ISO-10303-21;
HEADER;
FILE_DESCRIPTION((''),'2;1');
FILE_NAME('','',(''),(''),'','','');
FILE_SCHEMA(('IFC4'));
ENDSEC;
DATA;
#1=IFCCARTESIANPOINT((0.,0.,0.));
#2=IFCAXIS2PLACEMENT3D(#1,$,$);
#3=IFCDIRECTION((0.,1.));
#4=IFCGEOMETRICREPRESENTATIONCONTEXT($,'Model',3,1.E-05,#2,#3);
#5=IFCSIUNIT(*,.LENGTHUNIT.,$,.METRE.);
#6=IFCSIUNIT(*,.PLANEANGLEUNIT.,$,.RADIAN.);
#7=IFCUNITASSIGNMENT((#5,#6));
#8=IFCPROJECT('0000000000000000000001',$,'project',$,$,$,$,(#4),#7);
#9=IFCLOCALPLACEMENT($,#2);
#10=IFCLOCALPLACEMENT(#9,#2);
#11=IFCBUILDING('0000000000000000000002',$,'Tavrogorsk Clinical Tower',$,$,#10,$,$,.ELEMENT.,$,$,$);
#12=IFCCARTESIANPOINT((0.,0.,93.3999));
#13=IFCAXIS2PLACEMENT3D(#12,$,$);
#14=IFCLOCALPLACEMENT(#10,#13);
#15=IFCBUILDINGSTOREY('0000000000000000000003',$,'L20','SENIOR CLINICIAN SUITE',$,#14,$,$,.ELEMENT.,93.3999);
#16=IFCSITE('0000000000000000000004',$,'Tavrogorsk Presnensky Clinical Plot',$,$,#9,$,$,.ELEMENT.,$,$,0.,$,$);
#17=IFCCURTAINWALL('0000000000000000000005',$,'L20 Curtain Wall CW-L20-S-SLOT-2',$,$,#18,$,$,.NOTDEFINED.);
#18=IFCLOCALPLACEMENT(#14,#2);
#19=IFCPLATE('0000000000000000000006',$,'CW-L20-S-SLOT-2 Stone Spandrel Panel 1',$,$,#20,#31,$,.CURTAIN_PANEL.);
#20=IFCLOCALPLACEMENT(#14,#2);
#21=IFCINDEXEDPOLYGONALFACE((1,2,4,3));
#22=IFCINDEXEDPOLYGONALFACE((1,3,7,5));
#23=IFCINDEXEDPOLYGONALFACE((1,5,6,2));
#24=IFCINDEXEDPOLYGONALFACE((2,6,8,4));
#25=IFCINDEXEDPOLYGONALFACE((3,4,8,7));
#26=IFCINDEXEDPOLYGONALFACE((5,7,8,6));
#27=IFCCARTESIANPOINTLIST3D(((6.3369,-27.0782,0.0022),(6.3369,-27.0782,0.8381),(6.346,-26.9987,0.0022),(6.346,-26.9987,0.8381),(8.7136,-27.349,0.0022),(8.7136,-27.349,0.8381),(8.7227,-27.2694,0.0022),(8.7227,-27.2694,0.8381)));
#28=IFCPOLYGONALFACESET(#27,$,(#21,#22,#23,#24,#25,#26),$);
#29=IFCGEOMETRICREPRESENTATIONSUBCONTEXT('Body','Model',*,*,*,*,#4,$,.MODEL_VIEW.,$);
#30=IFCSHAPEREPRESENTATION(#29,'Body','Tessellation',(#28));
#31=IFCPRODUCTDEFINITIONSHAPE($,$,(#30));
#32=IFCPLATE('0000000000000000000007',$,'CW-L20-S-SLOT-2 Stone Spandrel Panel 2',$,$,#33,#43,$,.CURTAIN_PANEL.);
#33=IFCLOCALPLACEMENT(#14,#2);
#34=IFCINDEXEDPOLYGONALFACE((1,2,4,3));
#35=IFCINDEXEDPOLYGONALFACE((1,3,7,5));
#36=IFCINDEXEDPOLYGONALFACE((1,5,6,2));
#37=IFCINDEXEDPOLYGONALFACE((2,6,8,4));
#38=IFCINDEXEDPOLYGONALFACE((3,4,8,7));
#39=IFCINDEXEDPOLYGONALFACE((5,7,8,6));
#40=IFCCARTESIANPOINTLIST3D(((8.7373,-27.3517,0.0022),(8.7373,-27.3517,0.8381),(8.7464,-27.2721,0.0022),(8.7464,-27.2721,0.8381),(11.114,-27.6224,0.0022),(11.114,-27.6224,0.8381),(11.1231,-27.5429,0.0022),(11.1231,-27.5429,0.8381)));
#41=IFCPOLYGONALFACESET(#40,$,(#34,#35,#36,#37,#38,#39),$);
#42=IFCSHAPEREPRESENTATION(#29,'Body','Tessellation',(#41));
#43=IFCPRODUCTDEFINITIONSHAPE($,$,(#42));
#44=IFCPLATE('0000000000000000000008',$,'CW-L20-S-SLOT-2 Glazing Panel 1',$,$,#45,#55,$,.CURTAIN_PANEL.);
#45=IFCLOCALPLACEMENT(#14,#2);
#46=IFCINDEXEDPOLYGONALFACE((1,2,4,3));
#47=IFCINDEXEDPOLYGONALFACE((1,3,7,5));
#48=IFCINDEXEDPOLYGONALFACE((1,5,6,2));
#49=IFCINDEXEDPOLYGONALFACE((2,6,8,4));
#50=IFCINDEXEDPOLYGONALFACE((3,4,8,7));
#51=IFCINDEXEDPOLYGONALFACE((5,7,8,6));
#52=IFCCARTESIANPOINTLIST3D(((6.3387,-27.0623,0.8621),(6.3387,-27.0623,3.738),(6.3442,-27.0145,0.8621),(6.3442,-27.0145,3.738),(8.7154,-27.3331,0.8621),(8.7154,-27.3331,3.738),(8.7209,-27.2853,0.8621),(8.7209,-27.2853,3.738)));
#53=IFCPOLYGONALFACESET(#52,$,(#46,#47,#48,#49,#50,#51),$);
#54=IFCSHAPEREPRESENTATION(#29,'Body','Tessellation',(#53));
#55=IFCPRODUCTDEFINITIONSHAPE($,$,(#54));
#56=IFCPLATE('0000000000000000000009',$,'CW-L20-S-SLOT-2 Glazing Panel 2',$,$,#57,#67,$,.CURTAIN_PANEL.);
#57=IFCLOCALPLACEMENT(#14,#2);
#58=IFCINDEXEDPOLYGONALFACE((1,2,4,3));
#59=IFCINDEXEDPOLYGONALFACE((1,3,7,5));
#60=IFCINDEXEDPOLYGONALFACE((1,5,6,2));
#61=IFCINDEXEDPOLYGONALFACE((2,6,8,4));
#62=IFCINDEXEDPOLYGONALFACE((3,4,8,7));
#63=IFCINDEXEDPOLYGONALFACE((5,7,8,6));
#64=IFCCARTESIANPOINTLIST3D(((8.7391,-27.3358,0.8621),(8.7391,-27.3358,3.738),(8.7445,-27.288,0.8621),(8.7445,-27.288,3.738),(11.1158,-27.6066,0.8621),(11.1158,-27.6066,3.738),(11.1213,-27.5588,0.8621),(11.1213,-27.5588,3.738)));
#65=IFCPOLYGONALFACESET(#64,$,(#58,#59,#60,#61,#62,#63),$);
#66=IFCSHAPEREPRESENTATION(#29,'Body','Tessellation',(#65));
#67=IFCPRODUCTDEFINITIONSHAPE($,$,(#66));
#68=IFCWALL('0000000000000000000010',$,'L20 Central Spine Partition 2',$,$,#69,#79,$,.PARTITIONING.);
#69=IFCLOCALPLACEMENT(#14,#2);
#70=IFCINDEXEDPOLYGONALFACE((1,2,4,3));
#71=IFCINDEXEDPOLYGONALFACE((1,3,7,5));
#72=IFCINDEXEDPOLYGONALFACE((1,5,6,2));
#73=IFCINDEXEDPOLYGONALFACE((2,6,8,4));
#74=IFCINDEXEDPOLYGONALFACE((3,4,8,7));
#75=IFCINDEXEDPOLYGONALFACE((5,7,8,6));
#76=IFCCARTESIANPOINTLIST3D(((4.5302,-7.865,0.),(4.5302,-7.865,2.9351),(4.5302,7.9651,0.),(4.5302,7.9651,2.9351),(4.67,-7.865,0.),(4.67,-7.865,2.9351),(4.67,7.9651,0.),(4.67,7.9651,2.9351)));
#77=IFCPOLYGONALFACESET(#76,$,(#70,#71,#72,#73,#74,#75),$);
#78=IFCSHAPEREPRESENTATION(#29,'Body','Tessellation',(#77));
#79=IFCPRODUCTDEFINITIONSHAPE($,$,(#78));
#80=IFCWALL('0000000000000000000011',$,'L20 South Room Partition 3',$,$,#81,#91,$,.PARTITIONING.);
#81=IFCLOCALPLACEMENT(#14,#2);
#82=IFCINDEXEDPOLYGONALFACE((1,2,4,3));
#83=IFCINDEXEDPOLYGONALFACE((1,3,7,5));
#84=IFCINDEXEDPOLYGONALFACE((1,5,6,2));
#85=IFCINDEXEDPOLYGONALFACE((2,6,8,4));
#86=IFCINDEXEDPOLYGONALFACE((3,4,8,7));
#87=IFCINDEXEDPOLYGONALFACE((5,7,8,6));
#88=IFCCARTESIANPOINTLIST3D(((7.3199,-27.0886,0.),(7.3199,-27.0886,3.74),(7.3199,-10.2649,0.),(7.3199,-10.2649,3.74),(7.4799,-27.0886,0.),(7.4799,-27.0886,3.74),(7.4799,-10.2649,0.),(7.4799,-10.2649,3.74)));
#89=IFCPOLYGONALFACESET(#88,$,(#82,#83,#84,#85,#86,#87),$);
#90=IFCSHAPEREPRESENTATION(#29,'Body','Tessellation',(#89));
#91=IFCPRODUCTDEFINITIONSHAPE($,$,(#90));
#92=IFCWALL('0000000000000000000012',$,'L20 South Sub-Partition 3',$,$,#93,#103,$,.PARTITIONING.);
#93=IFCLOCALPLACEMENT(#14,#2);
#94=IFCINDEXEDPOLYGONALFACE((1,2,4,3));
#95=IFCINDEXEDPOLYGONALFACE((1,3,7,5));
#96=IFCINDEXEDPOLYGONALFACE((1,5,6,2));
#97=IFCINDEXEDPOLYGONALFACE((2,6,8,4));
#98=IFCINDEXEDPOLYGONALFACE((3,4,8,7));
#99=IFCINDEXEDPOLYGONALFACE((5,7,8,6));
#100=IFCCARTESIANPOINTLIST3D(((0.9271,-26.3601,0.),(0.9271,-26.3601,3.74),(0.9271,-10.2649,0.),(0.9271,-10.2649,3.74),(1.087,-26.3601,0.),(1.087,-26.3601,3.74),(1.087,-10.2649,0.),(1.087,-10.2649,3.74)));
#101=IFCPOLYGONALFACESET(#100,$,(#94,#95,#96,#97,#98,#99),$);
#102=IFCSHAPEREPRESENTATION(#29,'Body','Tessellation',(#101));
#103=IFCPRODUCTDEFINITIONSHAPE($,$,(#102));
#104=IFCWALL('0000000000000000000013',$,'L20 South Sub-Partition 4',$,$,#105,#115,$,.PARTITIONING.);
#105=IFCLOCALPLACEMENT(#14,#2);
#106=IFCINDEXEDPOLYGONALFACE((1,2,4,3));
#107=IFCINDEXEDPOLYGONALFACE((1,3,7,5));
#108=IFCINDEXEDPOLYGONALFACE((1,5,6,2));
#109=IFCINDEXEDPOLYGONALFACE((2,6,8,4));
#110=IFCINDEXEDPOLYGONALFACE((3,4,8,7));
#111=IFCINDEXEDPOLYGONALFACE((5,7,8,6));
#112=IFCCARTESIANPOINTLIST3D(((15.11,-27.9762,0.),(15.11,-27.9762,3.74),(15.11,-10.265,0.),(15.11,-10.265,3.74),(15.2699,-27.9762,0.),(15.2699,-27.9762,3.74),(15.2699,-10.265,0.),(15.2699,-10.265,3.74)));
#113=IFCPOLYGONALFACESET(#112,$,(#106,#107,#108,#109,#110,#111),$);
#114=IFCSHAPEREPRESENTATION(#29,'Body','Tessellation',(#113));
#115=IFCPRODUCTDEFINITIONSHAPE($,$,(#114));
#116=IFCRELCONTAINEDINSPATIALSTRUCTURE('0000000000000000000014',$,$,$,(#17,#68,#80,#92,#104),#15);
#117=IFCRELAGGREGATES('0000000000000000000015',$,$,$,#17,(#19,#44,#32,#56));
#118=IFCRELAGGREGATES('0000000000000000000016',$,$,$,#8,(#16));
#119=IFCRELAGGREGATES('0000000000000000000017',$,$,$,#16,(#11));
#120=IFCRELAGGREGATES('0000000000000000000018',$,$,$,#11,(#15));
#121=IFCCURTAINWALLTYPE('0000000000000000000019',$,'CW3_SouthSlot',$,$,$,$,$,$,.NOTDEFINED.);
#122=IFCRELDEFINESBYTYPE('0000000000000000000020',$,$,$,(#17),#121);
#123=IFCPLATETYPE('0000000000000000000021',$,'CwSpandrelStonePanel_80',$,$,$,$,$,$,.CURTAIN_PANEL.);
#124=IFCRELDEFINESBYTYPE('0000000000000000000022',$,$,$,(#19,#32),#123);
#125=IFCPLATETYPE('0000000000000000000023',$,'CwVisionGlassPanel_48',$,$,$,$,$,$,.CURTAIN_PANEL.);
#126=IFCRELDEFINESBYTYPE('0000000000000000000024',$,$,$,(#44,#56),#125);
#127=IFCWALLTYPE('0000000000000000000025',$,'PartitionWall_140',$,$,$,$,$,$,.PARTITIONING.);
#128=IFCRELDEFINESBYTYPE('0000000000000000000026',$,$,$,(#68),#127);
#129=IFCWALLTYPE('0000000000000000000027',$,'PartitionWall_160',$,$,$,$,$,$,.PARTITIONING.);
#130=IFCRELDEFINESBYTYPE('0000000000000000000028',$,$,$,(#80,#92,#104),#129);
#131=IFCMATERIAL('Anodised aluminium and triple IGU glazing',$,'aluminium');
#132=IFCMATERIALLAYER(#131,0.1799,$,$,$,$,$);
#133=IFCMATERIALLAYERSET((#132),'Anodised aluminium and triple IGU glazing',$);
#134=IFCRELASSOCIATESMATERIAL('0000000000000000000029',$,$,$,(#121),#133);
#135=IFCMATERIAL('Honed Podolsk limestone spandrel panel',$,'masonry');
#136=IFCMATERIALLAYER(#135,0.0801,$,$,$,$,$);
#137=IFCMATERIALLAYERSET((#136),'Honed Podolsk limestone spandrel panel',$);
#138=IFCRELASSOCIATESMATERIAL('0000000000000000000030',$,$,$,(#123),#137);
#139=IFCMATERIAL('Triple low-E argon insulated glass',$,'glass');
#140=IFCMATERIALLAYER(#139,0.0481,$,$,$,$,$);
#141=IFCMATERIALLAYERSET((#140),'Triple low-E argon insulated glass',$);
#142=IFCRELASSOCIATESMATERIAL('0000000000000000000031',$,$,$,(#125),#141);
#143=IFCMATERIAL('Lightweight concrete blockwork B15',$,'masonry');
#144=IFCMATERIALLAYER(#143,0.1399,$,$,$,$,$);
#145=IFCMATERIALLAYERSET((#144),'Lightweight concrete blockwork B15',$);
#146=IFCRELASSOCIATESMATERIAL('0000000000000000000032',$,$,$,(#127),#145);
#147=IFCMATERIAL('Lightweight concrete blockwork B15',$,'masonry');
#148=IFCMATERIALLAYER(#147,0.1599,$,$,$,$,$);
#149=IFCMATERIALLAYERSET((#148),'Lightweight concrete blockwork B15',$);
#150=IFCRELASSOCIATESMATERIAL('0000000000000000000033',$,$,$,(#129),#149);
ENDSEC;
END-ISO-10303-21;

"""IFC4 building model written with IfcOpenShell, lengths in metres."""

from ifc_helpers import new_model, si_unit, direction, frame, frame_2d, origin, origin_2d, place, context, subcontext, project, spatial, rectangle, extrude, material, layer, layer_set, type_object, element, aggregate, save


model = new_model("IFC4")

# Units and contexts
model_context = context("Model", 3, precision=1e-05, world=origin(), true_north=direction((0.0, 1.0)))
body_context = subcontext(model_context, "Body", "Model", "MODEL_VIEW")
ifc_project = project(units=[si_unit("LENGTHUNIT", "METRE"), si_unit("PLANEANGLEUNIT", "RADIAN")], contexts=[model_context])

# Site, building, storey
site_placement = place(None, origin())
site = spatial("IfcSite", under=ifc_project, at=site_placement, Name="Tavrogorsk Presnensky Clinical Plot", CompositionType="ELEMENT", RefElevation=0.0)
building_placement = place(site_placement, origin())
building = spatial("IfcBuilding", under=site, at=building_placement, Name="Tavrogorsk Clinical Tower", CompositionType="ELEMENT")
storey_placement = place(building_placement, frame((0.0, 0.0, 93.3999)))
storey = spatial("IfcBuildingStorey", under=building, at=storey_placement, Name="L20", Description="SENIOR CLINICIAN SUITE", CompositionType="ELEMENT", Elevation=93.3999)

# Curtain wall
ifc_material_1 = material(Name="Anodised aluminium and triple IGU glazing", Category="aluminium")
ifc_layer_1 = layer(ifc_material_1, 0.1799)
ifc_layer_set_1 = layer_set([ifc_layer_1], Name="Anodised aluminium and triple IGU glazing")
curtain_wall_type = type_object("IfcCurtainWallType", Name="CW3_SouthSlot", PredefinedType="NOTDEFINED", material=ifc_layer_set_1)
curtain_wall_placement = place(storey_placement, origin())
curtain_wall = element("IfcCurtainWall", 1, at=curtain_wall_placement, inside=storey, type_object=curtain_wall_type, Name="L20 Curtain Wall CW-L20-S-SLOT-2", PredefinedType="NOTDEFINED")

# Plates
ifc_material_2 = material(Name="Honed Podolsk limestone spandrel panel", Category="masonry")
ifc_layer_2 = layer(ifc_material_2, 0.0801)
ifc_layer_set_2 = layer_set([ifc_layer_2], Name="Honed Podolsk limestone spandrel panel")
plate_type_1 = type_object("IfcPlateType", Name="CwSpandrelStonePanel_80", PredefinedType="CURTAIN_PANEL", material=ifc_layer_set_2)
plate_1_placement = place(storey_placement, frame((7.5298, -27.1738, 0.0022), z_axis=(0.0, 0.0, 1.0), x_axis=(0.993572, -0.113203, 0.0)))
plate_1 = element("IfcPlate", 2, at=plate_1_placement, type_object=plate_type_1, Name="CW-L20-S-SLOT-2 Stone Spandrel Panel 1", PredefinedType="CURTAIN_PANEL", context=body_context, shape_type="SweptSolid", body=[
    extrude(rectangle(XDim=2.3921, YDim=0.0801, at=origin_2d()), origin(), (0.0, 0.0, 1.0), 0.8359),
])
plate_2_placement = place(storey_placement, frame((9.9302, -27.4473, 0.0022), z_axis=(0.0, 0.0, 1.0), x_axis=(0.993572, -0.113203, 0.0)))
plate_2 = element("IfcPlate", 3, at=plate_2_placement, type_object=plate_type_1, Name="CW-L20-S-SLOT-2 Stone Spandrel Panel 2", PredefinedType="CURTAIN_PANEL", context=body_context, shape_type="SweptSolid", body=[
    extrude(rectangle(XDim=2.3921, YDim=0.0801, at=origin_2d()), origin(), (0.0, 0.0, 1.0), 0.8359),
])
ifc_material_3 = material(Name="Triple low-E argon insulated glass", Category="glass")
ifc_layer_3 = layer(ifc_material_3, 0.0481)
ifc_layer_set_3 = layer_set([ifc_layer_3], Name="Triple low-E argon insulated glass")
plate_type_2 = type_object("IfcPlateType", Name="CwVisionGlassPanel_48", PredefinedType="CURTAIN_PANEL", material=ifc_layer_set_3)
plate_3_placement = place(storey_placement, frame((7.5298, -27.1738, 0.8621), z_axis=(0.0, 0.0, 1.0), x_axis=(0.993572, -0.113203, 0.0)))
plate_3 = element("IfcPlate", 4, at=plate_3_placement, type_object=plate_type_2, Name="CW-L20-S-SLOT-2 Glazing Panel 1", PredefinedType="CURTAIN_PANEL", context=body_context, shape_type="SweptSolid", body=[
    extrude(rectangle(XDim=2.3921, YDim=0.0481, at=origin_2d()), origin(), (0.0, 0.0, 1.0), 2.876),
])
plate_4_placement = place(storey_placement, frame((9.9302, -27.4473, 0.8621), z_axis=(0.0, 0.0, 1.0), x_axis=(0.993572, -0.113203, 0.0)))
plate_4 = element("IfcPlate", 5, at=plate_4_placement, type_object=plate_type_2, Name="CW-L20-S-SLOT-2 Glazing Panel 2", PredefinedType="CURTAIN_PANEL", context=body_context, shape_type="SweptSolid", body=[
    extrude(rectangle(XDim=2.3921, YDim=0.0481, at=origin_2d()), origin(), (0.0, 0.0, 1.0), 2.876),
])
aggregate(curtain_wall, [plate_1, plate_3, plate_2, plate_4])

# Walls
ifc_material_4 = material(Name="Lightweight concrete blockwork B15", Category="masonry")
ifc_layer_4 = layer(ifc_material_4, 0.1399)
ifc_layer_set_4 = layer_set([ifc_layer_4], Name="Lightweight concrete blockwork B15")
wall_type_1 = type_object("IfcWallType", Name="PartitionWall_140", PredefinedType="PARTITIONING", material=ifc_layer_set_4)
wall_1_placement = place(storey_placement, frame((4.6001, -7.865, 0.0), z_axis=(0.0, 0.0, 1.0), x_axis=(0.0, 1.0, 0.0)))
element("IfcWall", 6, at=wall_1_placement, inside=storey, type_object=wall_type_1, Name="L20 Central Spine Partition 2", PredefinedType="PARTITIONING", context=body_context, shape_type="SweptSolid", body=[
    extrude(rectangle(XDim=15.8301, YDim=0.1399, at=frame_2d((7.915, 0.0))), origin(), (0.0, 0.0, 1.0), 2.9351),
])
ifc_material_5 = material(Name="Lightweight concrete blockwork B15", Category="masonry")
ifc_layer_5 = layer(ifc_material_5, 0.1599)
ifc_layer_set_5 = layer_set([ifc_layer_5], Name="Lightweight concrete blockwork B15")
wall_type_2 = type_object("IfcWallType", Name="PartitionWall_160", PredefinedType="PARTITIONING", material=ifc_layer_set_5)
wall_2_placement = place(storey_placement, frame((7.3999, -27.0886, 0.0), z_axis=(0.0, 0.0, 1.0), x_axis=(0.0, 1.0, 0.0)))
element("IfcWall", 7, at=wall_2_placement, inside=storey, type_object=wall_type_2, Name="L20 South Room Partition 3", PredefinedType="PARTITIONING", context=body_context, shape_type="SweptSolid", body=[
    extrude(rectangle(XDim=16.8237, YDim=0.1599, at=frame_2d((8.4119, 0.0))), origin(), (0.0, 0.0, 1.0), 3.74),
])
wall_3_placement = place(storey_placement, frame((1.0071, -26.3601, 0.0), z_axis=(0.0, 0.0, 1.0), x_axis=(0.0, 1.0, 0.0)))
element("IfcWall", 8, at=wall_3_placement, inside=storey, type_object=wall_type_2, Name="L20 South Sub-Partition 3", PredefinedType="PARTITIONING", context=body_context, shape_type="SweptSolid", body=[
    extrude(rectangle(XDim=16.0952, YDim=0.1599, at=frame_2d((8.0476, 0.0))), origin(), (0.0, 0.0, 1.0), 3.74),
])
wall_4_placement = place(storey_placement, frame((15.1899, -27.9761, 0.0), z_axis=(0.0, 0.0, 1.0), x_axis=(0.0, 1.0, 0.0)))
element("IfcWall", 9, at=wall_4_placement, inside=storey, type_object=wall_type_2, Name="L20 South Sub-Partition 4", PredefinedType="PARTITIONING", context=body_context, shape_type="SweptSolid", body=[
    extrude(rectangle(XDim=17.7112, YDim=0.1599, at=frame_2d((8.8555, 0.0))), origin(), (0.0, 0.0, 1.0), 3.74),
])

save(model, "model.ifc")
